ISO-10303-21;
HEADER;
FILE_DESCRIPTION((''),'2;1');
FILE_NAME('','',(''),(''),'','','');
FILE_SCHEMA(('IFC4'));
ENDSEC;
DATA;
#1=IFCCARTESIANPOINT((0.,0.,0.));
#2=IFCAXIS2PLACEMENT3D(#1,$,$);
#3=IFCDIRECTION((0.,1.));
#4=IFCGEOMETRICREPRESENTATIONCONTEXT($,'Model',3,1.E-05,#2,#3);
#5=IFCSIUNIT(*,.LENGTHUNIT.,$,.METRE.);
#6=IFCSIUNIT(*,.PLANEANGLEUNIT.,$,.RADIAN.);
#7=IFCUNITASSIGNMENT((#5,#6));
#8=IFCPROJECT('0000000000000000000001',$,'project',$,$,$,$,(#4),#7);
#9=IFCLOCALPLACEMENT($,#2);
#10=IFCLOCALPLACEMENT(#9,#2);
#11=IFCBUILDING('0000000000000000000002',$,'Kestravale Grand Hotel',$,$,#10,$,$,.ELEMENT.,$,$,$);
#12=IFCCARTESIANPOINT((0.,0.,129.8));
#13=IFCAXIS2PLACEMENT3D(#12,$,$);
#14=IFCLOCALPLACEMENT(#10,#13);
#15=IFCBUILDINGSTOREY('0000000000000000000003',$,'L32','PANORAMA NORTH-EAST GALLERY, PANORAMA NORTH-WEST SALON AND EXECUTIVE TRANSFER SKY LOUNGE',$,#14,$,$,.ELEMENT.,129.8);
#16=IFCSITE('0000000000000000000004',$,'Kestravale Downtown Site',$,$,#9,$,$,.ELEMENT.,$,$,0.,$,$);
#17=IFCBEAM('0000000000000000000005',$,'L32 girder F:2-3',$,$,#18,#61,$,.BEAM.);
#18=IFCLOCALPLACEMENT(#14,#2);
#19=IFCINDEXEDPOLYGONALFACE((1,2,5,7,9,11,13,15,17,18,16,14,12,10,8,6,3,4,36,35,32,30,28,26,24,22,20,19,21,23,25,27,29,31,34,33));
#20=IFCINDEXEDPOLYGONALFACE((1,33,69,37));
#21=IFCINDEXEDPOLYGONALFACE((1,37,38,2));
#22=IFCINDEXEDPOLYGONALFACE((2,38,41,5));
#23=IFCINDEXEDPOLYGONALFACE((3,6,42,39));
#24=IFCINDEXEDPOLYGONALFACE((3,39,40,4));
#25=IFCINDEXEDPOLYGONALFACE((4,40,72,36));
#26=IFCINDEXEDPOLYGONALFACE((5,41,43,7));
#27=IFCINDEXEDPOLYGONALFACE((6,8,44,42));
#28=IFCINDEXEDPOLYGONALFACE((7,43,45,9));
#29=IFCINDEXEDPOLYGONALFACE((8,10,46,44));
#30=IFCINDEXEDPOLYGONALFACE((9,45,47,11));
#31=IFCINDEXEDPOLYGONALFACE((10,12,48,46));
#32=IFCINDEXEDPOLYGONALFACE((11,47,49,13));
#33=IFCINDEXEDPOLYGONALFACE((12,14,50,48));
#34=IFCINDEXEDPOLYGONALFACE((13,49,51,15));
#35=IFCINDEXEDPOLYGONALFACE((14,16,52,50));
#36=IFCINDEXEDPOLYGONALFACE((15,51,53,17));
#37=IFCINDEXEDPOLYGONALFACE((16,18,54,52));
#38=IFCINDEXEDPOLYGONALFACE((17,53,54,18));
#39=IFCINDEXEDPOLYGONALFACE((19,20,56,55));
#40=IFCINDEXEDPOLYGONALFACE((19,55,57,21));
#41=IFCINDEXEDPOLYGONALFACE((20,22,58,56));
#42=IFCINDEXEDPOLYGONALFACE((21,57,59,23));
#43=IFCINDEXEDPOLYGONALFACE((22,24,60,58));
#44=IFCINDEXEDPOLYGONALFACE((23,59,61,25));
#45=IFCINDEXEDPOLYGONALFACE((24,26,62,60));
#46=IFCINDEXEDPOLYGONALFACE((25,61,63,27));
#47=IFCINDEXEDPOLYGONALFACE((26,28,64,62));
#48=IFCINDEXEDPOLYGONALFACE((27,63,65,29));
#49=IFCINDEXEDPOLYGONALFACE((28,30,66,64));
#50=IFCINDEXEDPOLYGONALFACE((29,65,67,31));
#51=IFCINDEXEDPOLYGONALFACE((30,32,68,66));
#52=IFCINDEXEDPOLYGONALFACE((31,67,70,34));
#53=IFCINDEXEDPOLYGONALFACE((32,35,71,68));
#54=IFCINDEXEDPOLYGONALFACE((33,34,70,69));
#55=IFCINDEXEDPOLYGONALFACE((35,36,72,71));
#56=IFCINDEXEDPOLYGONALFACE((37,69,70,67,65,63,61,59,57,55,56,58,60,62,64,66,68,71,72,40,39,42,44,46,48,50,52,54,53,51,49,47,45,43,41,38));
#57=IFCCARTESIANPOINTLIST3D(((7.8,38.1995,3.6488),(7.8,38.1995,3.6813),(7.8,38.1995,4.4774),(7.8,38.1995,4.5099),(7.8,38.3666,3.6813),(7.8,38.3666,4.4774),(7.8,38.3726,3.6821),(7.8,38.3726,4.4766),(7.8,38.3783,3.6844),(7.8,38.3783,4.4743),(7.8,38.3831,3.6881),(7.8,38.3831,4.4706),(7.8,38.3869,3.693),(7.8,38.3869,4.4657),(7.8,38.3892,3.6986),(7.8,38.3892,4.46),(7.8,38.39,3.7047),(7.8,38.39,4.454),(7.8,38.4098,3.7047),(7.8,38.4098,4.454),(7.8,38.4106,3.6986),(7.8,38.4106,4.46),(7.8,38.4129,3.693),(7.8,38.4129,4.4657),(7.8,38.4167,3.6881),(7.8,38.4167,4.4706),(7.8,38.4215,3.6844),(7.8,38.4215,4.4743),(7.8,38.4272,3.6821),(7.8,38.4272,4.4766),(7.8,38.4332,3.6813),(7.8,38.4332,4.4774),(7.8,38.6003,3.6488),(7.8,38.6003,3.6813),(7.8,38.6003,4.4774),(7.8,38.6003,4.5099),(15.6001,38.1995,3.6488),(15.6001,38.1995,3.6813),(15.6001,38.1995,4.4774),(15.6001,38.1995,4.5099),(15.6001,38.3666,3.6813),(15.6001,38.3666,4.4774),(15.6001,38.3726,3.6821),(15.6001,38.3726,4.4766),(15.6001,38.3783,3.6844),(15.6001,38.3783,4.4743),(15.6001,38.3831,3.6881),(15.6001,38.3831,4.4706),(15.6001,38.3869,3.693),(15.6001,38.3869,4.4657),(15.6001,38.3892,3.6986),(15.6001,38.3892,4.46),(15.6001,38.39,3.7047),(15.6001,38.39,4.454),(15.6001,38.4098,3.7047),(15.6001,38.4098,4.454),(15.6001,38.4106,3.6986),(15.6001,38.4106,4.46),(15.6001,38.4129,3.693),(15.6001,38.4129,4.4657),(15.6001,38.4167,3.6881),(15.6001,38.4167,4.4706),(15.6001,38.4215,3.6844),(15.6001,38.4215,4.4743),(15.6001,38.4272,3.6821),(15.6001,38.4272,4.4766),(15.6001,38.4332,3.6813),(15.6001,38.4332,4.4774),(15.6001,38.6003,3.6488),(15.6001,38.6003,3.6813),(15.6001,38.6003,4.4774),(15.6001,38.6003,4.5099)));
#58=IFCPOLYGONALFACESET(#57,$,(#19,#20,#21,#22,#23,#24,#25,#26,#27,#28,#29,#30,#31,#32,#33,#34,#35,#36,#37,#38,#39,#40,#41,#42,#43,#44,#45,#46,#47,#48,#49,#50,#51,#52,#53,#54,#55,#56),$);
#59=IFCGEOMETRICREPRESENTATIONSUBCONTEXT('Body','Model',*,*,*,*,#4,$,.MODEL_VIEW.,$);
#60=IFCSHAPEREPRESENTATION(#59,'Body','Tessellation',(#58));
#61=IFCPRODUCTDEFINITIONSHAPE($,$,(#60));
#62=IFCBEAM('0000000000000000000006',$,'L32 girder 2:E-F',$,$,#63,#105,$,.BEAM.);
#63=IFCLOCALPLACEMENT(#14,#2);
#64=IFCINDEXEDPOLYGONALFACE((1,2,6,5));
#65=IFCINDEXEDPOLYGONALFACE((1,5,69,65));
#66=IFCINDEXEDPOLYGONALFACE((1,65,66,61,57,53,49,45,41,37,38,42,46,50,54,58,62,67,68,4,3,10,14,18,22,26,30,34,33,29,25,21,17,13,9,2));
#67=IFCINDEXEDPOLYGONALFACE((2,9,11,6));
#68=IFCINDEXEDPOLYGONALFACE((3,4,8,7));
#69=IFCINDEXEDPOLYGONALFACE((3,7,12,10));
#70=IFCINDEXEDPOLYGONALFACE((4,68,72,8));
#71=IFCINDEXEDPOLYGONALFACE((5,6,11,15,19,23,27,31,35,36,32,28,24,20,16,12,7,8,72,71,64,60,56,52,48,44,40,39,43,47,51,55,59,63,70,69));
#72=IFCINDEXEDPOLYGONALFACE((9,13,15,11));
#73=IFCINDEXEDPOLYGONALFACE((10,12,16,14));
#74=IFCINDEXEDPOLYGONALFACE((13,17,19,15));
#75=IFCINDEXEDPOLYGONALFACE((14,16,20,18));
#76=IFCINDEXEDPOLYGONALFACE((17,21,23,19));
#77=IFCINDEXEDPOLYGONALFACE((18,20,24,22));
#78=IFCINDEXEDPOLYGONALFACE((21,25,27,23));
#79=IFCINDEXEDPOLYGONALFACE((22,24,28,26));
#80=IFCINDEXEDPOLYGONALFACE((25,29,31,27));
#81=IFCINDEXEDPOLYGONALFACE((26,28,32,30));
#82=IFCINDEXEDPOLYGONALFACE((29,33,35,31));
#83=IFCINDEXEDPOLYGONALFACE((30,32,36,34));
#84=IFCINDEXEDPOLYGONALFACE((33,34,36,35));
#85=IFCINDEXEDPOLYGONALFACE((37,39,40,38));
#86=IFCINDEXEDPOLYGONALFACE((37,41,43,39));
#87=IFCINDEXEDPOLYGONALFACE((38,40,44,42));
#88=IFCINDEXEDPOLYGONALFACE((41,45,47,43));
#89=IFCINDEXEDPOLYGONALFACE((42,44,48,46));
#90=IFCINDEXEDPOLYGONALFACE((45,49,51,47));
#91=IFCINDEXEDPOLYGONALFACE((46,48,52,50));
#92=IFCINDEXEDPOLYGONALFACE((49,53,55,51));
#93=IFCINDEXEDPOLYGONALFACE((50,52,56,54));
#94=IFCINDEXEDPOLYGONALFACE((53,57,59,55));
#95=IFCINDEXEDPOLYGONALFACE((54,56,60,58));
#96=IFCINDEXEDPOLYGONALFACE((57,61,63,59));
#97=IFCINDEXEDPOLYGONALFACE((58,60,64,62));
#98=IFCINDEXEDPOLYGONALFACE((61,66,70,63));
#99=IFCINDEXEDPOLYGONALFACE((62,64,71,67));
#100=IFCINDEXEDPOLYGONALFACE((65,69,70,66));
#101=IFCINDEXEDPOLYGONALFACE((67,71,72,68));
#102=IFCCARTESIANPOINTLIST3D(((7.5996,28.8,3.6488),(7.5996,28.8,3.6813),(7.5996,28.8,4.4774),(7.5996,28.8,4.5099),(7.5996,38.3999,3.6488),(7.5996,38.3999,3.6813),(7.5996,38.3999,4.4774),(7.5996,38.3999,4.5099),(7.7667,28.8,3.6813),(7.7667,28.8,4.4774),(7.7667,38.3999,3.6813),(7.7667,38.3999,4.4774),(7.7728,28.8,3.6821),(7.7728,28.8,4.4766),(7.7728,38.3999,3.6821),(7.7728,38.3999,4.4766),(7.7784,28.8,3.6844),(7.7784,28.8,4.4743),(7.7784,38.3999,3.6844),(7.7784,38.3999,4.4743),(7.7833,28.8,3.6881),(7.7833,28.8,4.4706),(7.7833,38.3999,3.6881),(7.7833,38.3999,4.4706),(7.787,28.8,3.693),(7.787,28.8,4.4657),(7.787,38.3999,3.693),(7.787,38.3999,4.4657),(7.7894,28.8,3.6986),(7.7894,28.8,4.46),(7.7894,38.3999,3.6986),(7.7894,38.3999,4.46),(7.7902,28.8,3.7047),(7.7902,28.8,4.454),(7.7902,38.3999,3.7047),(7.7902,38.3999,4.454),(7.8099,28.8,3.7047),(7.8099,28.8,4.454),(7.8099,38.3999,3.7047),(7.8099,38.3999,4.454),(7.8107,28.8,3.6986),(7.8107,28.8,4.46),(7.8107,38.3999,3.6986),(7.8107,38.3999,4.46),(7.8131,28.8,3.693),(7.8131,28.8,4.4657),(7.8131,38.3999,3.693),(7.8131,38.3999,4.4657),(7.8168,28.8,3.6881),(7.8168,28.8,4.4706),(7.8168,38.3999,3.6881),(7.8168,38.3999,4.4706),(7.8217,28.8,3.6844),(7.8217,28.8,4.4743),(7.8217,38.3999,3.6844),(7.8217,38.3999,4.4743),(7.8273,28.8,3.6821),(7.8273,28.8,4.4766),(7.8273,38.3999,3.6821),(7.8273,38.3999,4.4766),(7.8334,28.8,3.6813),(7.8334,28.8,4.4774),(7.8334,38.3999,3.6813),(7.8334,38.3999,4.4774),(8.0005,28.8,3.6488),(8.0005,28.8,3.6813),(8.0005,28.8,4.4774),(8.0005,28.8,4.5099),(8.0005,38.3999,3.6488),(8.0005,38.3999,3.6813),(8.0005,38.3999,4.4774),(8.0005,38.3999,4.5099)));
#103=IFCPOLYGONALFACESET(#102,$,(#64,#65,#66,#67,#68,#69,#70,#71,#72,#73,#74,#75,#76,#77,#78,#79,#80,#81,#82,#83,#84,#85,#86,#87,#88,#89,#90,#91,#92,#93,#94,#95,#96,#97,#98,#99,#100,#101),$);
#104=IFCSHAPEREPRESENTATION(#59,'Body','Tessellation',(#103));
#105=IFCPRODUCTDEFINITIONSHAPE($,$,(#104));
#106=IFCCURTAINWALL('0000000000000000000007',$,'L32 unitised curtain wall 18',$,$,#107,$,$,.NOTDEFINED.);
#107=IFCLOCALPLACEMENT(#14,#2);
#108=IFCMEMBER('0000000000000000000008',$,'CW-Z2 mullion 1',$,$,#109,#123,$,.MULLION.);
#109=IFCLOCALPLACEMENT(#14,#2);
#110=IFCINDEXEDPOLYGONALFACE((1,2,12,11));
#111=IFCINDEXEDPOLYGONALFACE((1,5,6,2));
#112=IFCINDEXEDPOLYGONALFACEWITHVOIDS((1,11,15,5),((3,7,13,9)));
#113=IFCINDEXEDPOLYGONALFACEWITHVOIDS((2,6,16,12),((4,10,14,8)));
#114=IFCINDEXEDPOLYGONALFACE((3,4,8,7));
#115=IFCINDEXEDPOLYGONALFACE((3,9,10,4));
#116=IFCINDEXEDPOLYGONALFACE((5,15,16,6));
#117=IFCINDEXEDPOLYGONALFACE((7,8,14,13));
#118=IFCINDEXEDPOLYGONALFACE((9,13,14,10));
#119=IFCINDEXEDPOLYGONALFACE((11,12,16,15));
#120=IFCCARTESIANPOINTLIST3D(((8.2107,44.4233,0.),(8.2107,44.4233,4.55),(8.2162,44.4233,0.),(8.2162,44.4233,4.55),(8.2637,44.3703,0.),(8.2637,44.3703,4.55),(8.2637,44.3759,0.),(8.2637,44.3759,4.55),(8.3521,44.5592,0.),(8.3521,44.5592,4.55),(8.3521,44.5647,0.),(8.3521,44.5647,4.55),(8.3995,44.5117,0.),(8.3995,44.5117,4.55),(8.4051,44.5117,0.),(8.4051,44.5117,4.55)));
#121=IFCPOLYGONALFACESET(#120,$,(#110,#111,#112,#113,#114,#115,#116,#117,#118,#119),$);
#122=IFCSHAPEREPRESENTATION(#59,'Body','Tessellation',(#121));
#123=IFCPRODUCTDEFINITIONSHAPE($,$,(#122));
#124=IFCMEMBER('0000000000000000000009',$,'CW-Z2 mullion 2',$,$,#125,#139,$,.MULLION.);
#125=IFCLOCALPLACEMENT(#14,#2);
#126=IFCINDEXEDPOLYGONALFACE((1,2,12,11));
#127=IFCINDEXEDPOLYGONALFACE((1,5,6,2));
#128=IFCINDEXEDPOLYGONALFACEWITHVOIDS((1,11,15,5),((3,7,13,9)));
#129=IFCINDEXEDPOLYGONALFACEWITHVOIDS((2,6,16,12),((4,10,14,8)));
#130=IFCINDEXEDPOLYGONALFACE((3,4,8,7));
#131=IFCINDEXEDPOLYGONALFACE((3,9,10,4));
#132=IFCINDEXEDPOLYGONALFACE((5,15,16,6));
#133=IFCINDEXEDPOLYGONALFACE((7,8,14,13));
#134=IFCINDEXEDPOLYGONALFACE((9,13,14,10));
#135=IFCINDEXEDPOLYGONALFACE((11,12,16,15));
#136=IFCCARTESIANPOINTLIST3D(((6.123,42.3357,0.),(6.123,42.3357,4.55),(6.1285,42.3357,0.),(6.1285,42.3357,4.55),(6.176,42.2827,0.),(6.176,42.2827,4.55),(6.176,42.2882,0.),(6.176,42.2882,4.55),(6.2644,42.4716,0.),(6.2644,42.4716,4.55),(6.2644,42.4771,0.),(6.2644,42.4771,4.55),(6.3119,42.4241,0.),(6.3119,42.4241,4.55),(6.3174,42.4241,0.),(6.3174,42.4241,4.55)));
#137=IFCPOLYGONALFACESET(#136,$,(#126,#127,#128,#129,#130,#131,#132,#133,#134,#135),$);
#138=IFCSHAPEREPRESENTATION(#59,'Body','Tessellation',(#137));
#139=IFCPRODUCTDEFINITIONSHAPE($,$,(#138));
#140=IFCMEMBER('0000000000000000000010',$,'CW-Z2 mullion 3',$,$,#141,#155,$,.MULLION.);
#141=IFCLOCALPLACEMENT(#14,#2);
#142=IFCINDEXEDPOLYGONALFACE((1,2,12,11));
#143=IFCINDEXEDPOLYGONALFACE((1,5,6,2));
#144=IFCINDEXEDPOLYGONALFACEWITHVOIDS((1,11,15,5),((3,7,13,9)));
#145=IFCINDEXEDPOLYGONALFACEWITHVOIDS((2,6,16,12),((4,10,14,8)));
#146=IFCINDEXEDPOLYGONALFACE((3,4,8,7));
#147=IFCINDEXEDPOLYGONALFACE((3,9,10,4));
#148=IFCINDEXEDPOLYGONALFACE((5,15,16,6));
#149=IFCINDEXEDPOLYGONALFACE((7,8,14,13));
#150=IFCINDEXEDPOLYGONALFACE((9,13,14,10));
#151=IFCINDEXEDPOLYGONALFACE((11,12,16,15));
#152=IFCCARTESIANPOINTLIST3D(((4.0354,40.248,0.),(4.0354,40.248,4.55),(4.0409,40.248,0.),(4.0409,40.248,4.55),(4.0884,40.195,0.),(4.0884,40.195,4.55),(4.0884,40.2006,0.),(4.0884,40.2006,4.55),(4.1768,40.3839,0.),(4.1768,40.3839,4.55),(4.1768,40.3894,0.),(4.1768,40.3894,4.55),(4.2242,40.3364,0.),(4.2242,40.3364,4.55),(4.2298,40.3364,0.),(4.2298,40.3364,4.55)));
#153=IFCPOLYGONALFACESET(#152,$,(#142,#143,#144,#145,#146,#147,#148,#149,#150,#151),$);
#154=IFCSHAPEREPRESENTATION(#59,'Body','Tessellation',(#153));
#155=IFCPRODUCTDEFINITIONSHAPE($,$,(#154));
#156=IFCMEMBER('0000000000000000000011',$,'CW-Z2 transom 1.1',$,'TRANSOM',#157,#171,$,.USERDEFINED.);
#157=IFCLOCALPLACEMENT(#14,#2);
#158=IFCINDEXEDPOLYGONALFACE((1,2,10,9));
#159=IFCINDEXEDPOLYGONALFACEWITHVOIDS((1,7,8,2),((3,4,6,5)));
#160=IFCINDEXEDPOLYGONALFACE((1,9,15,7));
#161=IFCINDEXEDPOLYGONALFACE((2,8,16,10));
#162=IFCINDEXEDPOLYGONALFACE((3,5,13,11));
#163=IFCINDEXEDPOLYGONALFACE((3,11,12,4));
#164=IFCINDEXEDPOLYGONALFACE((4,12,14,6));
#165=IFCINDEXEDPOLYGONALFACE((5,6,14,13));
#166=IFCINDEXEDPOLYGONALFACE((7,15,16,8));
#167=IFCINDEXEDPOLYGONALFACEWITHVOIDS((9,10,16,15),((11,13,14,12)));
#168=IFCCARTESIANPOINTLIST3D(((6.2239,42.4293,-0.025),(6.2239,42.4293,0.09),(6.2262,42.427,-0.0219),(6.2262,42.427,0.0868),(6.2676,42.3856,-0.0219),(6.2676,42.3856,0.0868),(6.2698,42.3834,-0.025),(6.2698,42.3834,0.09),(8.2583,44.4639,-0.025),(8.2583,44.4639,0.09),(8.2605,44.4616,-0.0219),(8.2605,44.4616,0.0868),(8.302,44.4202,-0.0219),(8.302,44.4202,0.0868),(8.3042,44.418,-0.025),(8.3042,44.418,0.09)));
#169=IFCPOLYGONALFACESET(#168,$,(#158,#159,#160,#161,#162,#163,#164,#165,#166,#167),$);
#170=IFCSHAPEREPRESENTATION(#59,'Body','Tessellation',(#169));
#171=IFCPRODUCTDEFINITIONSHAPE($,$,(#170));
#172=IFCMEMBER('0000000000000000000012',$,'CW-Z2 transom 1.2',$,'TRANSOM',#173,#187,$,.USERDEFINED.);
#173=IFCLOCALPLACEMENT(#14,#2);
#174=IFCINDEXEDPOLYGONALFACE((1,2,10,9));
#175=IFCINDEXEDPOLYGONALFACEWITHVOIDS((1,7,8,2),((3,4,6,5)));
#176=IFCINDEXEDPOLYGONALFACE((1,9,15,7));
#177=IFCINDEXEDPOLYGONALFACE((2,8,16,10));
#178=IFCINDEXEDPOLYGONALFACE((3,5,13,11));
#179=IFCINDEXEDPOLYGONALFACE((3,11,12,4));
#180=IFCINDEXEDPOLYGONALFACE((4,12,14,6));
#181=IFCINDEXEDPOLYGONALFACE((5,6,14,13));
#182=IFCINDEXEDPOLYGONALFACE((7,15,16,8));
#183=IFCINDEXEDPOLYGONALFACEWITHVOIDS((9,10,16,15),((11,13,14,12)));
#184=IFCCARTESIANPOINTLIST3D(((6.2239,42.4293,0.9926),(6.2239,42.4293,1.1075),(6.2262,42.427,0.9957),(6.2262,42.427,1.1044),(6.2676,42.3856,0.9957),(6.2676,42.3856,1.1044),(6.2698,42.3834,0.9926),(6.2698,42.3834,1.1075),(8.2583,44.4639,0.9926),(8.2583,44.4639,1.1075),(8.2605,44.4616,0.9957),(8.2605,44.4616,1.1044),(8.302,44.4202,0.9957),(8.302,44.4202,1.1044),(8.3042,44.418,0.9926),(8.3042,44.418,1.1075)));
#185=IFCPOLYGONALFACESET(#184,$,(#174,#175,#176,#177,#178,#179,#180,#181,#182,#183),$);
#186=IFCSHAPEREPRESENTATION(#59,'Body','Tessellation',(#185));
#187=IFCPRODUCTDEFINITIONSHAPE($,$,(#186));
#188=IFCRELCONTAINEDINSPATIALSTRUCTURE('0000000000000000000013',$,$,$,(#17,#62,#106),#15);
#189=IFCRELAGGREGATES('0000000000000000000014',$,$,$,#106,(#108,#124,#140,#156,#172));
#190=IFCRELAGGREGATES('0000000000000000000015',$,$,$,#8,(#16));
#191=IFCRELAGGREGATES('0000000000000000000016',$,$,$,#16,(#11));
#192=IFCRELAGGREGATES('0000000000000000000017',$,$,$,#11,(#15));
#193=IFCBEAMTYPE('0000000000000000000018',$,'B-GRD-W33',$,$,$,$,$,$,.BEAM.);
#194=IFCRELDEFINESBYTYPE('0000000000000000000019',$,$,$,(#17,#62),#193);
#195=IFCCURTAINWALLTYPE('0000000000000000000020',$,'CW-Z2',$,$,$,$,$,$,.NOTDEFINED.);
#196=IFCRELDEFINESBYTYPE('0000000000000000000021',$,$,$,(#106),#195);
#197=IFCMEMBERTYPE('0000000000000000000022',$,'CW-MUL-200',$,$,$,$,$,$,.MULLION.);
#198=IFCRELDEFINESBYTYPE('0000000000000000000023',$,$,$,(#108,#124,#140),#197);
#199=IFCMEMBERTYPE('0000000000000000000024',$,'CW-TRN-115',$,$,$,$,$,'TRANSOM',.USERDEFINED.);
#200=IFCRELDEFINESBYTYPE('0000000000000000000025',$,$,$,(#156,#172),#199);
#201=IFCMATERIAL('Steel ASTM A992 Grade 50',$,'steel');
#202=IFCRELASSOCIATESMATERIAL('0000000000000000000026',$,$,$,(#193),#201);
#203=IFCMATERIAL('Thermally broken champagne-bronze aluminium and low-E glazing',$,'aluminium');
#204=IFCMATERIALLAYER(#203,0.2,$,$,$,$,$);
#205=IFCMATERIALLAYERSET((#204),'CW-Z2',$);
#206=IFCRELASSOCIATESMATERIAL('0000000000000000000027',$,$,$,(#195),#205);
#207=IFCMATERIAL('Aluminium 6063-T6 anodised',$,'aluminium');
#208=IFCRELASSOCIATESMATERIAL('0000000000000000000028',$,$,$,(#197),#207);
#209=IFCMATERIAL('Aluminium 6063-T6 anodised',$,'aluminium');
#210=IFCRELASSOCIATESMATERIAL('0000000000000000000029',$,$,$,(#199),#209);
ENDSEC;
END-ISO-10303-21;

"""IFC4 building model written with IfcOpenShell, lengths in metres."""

from ifc_helpers import new_model, si_unit, direction, frame, origin, origin_2d, place, context, subcontext, project, spatial, hollow_rectangle, i_section, extrude, material, layer, layer_set, material_profile, profile_set, type_object, element, aggregate, save


model = new_model("IFC4")

# Units and contexts
model_context = context("Model", 3, precision=1e-05, world=origin(), true_north=direction((0.0, 1.0)))
body_context = subcontext(model_context, "Body", "Model", "MODEL_VIEW")
ifc_project = project(units=[si_unit("LENGTHUNIT", "METRE"), si_unit("PLANEANGLEUNIT", "RADIAN")], contexts=[model_context])

# Site, building, storey
site_placement = place(None, origin())
site = spatial("IfcSite", under=ifc_project, at=site_placement, Name="Kestravale Downtown Site", CompositionType="ELEMENT", RefElevation=0.0)
building_placement = place(site_placement, origin())
building = spatial("IfcBuilding", under=site, at=building_placement, Name="Kestravale Grand Hotel", CompositionType="ELEMENT")
storey_placement = place(building_placement, frame((0.0, 0.0, 129.8)))
storey = spatial("IfcBuildingStorey", under=building, at=storey_placement, Name="L32", Description="PANORAMA NORTH-EAST GALLERY, PANORAMA NORTH-WEST SALON AND EXECUTIVE TRANSFER SKY LOUNGE", CompositionType="ELEMENT", Elevation=129.8)

# Beams
ifc_material_1 = material(Name="Steel ASTM A992 Grade 50", Category="steel")
ifc_material_profile_1 = material_profile(ifc_material_1, i_section(OverallWidth=0.4009, OverallDepth=0.8611, WebThickness=0.0198, FlangeThickness=0.0325, FilletRadius=0.0234, at=origin_2d()))
ifc_profile_set_1 = profile_set([ifc_material_profile_1], Name="Steel ASTM A992 Grade 50")
beam_type_1 = type_object("IfcBeamType", Name="B-GRD-W33", PredefinedType="BEAM", material=ifc_profile_set_1)
for number, where, z_axis, x_axis, name in (
    (1, (7.8, 38.3999, 4.0793), (1.0, 0.0, 0.0), (0.0, 1.0, 0.0), "L32 girder F:2-3"),
):
    element("IfcBeam", number, at=place(storey_placement, frame(where, z_axis=z_axis, x_axis=x_axis)), inside=storey, type_object=beam_type_1, Name=name, PredefinedType="BEAM", context=body_context, shape_type="SweptSolid", body=[
        extrude(i_section(OverallWidth=0.4009, OverallDepth=0.8611, WebThickness=0.0198, FlangeThickness=0.0325, FilletRadius=0.0234, at=origin_2d()), origin(), (0.0, 0.0, 1.0), 7.8),
    ])
beam_placement = place(storey_placement, frame((7.8, 28.8, 4.0793), z_axis=(0.0, 1.0, 0.0), x_axis=(-1.0, 0.0, 0.0)))
element("IfcBeam", 2, at=beam_placement, inside=storey, type_object=beam_type_1, Name="L32 girder 2:E-F", PredefinedType="BEAM", context=body_context, shape_type="SweptSolid", body=[
    extrude(i_section(OverallWidth=0.4009, OverallDepth=0.8611, WebThickness=0.0198, FlangeThickness=0.0325, FilletRadius=0.0234, at=origin_2d()), origin(), (0.0, 0.0, 1.0), 9.5999),
])

# Curtain wall, members
ifc_material_2 = material(Name="Thermally broken champagne-bronze aluminium and low-E glazing", Category="aluminium")
ifc_layer_1 = layer(ifc_material_2, 0.2)
ifc_layer_set_1 = layer_set([ifc_layer_1], Name="CW-Z2")
curtain_wall_type = type_object("IfcCurtainWallType", Name="CW-Z2", PredefinedType="NOTDEFINED", material=ifc_layer_set_1)
curtain_wall_placement = place(storey_placement, origin())
curtain_wall = element("IfcCurtainWall", 3, at=curtain_wall_placement, inside=storey, type_object=curtain_wall_type, Name="L32 unitised curtain wall 18", PredefinedType="NOTDEFINED")
ifc_material_3 = material(Name="Aluminium 6063-T6 anodised", Category="aluminium")
ifc_material_profile_2 = material_profile(ifc_material_3, hollow_rectangle(XDim=0.075, YDim=0.2, WallThickness=0.0039, at=origin_2d()))
ifc_profile_set_2 = profile_set([ifc_material_profile_2], Name="Aluminium 6063-T6 anodised")
member_type_1 = type_object("IfcMemberType", Name="CW-MUL-200", PredefinedType="MULLION", material=ifc_profile_set_2)
member_1_placement = place(storey_placement, frame((8.3079, 44.4675, 0.0), z_axis=(0.0, 0.0, 1.0), x_axis=(0.707107, -0.707107, 0.0)))
member_1 = element("IfcMember", 4, at=member_1_placement, type_object=member_type_1, Name="CW-Z2 mullion 1", PredefinedType="MULLION", context=body_context, shape_type="SweptSolid", body=[
    extrude(hollow_rectangle(XDim=0.075, YDim=0.2, WallThickness=0.0039, at=origin_2d()), origin(), (0.0, 0.0, 1.0), 4.55),
])
member_2_placement = place(storey_placement, frame((6.2202, 42.3799, 0.0), z_axis=(0.0, 0.0, 1.0), x_axis=(0.707107, -0.707107, 0.0)))
member_2 = element("IfcMember", 5, at=member_2_placement, type_object=member_type_1, Name="CW-Z2 mullion 2", PredefinedType="MULLION", context=body_context, shape_type="SweptSolid", body=[
    extrude(hollow_rectangle(XDim=0.075, YDim=0.2, WallThickness=0.0039, at=origin_2d()), origin(), (0.0, 0.0, 1.0), 4.55),
])
member_3_placement = place(storey_placement, frame((4.1326, 40.2922, 0.0), z_axis=(0.0, 0.0, 1.0), x_axis=(0.707107, -0.707107, 0.0)))
member_3 = element("IfcMember", 6, at=member_3_placement, type_object=member_type_1, Name="CW-Z2 mullion 3", PredefinedType="MULLION", context=body_context, shape_type="SweptSolid", body=[
    extrude(hollow_rectangle(XDim=0.075, YDim=0.2, WallThickness=0.0039, at=origin_2d()), origin(), (0.0, 0.0, 1.0), 4.55),
])
ifc_material_4 = material(Name="Aluminium 6063-T6 anodised", Category="aluminium")
ifc_material_profile_3 = material_profile(ifc_material_4, hollow_rectangle(XDim=0.0649, YDim=0.115, WallThickness=0.0032, at=origin_2d()))
ifc_profile_set_3 = profile_set([ifc_material_profile_3], Name="Aluminium 6063-T6 anodised")
member_type_2 = type_object("IfcMemberType", Name="CW-TRN-115", ElementType="TRANSOM", PredefinedType="USERDEFINED", material=ifc_profile_set_3)
member_4_placement = place(storey_placement, frame((8.2812, 44.4409, 0.0325), z_axis=(-0.707064, -0.707149, 0.0), x_axis=(0.707149, -0.707064, 0.0)))
member_4 = element("IfcMember", 7, at=member_4_placement, type_object=member_type_2, Name="CW-Z2 transom 1.1", ObjectType="TRANSOM", PredefinedType="USERDEFINED", context=body_context, shape_type="SweptSolid", body=[
    extrude(hollow_rectangle(XDim=0.0649, YDim=0.115, WallThickness=0.0032, at=origin_2d()), origin(), (0.0, 0.0, 1.0), 2.8772),
])
member_5_placement = place(storey_placement, frame((8.2812, 44.4409, 1.05), z_axis=(-0.707064, -0.707149, 0.0), x_axis=(0.707149, -0.707064, 0.0)))
member_5 = element("IfcMember", 8, at=member_5_placement, type_object=member_type_2, Name="CW-Z2 transom 1.2", ObjectType="TRANSOM", PredefinedType="USERDEFINED", context=body_context, shape_type="SweptSolid", body=[
    extrude(hollow_rectangle(XDim=0.0649, YDim=0.115, WallThickness=0.0032, at=origin_2d()), origin(), (0.0, 0.0, 1.0), 2.8772),
])
aggregate(curtain_wall, [member_1, member_2, member_3, member_4, member_5])

save(model, "model.ifc")
